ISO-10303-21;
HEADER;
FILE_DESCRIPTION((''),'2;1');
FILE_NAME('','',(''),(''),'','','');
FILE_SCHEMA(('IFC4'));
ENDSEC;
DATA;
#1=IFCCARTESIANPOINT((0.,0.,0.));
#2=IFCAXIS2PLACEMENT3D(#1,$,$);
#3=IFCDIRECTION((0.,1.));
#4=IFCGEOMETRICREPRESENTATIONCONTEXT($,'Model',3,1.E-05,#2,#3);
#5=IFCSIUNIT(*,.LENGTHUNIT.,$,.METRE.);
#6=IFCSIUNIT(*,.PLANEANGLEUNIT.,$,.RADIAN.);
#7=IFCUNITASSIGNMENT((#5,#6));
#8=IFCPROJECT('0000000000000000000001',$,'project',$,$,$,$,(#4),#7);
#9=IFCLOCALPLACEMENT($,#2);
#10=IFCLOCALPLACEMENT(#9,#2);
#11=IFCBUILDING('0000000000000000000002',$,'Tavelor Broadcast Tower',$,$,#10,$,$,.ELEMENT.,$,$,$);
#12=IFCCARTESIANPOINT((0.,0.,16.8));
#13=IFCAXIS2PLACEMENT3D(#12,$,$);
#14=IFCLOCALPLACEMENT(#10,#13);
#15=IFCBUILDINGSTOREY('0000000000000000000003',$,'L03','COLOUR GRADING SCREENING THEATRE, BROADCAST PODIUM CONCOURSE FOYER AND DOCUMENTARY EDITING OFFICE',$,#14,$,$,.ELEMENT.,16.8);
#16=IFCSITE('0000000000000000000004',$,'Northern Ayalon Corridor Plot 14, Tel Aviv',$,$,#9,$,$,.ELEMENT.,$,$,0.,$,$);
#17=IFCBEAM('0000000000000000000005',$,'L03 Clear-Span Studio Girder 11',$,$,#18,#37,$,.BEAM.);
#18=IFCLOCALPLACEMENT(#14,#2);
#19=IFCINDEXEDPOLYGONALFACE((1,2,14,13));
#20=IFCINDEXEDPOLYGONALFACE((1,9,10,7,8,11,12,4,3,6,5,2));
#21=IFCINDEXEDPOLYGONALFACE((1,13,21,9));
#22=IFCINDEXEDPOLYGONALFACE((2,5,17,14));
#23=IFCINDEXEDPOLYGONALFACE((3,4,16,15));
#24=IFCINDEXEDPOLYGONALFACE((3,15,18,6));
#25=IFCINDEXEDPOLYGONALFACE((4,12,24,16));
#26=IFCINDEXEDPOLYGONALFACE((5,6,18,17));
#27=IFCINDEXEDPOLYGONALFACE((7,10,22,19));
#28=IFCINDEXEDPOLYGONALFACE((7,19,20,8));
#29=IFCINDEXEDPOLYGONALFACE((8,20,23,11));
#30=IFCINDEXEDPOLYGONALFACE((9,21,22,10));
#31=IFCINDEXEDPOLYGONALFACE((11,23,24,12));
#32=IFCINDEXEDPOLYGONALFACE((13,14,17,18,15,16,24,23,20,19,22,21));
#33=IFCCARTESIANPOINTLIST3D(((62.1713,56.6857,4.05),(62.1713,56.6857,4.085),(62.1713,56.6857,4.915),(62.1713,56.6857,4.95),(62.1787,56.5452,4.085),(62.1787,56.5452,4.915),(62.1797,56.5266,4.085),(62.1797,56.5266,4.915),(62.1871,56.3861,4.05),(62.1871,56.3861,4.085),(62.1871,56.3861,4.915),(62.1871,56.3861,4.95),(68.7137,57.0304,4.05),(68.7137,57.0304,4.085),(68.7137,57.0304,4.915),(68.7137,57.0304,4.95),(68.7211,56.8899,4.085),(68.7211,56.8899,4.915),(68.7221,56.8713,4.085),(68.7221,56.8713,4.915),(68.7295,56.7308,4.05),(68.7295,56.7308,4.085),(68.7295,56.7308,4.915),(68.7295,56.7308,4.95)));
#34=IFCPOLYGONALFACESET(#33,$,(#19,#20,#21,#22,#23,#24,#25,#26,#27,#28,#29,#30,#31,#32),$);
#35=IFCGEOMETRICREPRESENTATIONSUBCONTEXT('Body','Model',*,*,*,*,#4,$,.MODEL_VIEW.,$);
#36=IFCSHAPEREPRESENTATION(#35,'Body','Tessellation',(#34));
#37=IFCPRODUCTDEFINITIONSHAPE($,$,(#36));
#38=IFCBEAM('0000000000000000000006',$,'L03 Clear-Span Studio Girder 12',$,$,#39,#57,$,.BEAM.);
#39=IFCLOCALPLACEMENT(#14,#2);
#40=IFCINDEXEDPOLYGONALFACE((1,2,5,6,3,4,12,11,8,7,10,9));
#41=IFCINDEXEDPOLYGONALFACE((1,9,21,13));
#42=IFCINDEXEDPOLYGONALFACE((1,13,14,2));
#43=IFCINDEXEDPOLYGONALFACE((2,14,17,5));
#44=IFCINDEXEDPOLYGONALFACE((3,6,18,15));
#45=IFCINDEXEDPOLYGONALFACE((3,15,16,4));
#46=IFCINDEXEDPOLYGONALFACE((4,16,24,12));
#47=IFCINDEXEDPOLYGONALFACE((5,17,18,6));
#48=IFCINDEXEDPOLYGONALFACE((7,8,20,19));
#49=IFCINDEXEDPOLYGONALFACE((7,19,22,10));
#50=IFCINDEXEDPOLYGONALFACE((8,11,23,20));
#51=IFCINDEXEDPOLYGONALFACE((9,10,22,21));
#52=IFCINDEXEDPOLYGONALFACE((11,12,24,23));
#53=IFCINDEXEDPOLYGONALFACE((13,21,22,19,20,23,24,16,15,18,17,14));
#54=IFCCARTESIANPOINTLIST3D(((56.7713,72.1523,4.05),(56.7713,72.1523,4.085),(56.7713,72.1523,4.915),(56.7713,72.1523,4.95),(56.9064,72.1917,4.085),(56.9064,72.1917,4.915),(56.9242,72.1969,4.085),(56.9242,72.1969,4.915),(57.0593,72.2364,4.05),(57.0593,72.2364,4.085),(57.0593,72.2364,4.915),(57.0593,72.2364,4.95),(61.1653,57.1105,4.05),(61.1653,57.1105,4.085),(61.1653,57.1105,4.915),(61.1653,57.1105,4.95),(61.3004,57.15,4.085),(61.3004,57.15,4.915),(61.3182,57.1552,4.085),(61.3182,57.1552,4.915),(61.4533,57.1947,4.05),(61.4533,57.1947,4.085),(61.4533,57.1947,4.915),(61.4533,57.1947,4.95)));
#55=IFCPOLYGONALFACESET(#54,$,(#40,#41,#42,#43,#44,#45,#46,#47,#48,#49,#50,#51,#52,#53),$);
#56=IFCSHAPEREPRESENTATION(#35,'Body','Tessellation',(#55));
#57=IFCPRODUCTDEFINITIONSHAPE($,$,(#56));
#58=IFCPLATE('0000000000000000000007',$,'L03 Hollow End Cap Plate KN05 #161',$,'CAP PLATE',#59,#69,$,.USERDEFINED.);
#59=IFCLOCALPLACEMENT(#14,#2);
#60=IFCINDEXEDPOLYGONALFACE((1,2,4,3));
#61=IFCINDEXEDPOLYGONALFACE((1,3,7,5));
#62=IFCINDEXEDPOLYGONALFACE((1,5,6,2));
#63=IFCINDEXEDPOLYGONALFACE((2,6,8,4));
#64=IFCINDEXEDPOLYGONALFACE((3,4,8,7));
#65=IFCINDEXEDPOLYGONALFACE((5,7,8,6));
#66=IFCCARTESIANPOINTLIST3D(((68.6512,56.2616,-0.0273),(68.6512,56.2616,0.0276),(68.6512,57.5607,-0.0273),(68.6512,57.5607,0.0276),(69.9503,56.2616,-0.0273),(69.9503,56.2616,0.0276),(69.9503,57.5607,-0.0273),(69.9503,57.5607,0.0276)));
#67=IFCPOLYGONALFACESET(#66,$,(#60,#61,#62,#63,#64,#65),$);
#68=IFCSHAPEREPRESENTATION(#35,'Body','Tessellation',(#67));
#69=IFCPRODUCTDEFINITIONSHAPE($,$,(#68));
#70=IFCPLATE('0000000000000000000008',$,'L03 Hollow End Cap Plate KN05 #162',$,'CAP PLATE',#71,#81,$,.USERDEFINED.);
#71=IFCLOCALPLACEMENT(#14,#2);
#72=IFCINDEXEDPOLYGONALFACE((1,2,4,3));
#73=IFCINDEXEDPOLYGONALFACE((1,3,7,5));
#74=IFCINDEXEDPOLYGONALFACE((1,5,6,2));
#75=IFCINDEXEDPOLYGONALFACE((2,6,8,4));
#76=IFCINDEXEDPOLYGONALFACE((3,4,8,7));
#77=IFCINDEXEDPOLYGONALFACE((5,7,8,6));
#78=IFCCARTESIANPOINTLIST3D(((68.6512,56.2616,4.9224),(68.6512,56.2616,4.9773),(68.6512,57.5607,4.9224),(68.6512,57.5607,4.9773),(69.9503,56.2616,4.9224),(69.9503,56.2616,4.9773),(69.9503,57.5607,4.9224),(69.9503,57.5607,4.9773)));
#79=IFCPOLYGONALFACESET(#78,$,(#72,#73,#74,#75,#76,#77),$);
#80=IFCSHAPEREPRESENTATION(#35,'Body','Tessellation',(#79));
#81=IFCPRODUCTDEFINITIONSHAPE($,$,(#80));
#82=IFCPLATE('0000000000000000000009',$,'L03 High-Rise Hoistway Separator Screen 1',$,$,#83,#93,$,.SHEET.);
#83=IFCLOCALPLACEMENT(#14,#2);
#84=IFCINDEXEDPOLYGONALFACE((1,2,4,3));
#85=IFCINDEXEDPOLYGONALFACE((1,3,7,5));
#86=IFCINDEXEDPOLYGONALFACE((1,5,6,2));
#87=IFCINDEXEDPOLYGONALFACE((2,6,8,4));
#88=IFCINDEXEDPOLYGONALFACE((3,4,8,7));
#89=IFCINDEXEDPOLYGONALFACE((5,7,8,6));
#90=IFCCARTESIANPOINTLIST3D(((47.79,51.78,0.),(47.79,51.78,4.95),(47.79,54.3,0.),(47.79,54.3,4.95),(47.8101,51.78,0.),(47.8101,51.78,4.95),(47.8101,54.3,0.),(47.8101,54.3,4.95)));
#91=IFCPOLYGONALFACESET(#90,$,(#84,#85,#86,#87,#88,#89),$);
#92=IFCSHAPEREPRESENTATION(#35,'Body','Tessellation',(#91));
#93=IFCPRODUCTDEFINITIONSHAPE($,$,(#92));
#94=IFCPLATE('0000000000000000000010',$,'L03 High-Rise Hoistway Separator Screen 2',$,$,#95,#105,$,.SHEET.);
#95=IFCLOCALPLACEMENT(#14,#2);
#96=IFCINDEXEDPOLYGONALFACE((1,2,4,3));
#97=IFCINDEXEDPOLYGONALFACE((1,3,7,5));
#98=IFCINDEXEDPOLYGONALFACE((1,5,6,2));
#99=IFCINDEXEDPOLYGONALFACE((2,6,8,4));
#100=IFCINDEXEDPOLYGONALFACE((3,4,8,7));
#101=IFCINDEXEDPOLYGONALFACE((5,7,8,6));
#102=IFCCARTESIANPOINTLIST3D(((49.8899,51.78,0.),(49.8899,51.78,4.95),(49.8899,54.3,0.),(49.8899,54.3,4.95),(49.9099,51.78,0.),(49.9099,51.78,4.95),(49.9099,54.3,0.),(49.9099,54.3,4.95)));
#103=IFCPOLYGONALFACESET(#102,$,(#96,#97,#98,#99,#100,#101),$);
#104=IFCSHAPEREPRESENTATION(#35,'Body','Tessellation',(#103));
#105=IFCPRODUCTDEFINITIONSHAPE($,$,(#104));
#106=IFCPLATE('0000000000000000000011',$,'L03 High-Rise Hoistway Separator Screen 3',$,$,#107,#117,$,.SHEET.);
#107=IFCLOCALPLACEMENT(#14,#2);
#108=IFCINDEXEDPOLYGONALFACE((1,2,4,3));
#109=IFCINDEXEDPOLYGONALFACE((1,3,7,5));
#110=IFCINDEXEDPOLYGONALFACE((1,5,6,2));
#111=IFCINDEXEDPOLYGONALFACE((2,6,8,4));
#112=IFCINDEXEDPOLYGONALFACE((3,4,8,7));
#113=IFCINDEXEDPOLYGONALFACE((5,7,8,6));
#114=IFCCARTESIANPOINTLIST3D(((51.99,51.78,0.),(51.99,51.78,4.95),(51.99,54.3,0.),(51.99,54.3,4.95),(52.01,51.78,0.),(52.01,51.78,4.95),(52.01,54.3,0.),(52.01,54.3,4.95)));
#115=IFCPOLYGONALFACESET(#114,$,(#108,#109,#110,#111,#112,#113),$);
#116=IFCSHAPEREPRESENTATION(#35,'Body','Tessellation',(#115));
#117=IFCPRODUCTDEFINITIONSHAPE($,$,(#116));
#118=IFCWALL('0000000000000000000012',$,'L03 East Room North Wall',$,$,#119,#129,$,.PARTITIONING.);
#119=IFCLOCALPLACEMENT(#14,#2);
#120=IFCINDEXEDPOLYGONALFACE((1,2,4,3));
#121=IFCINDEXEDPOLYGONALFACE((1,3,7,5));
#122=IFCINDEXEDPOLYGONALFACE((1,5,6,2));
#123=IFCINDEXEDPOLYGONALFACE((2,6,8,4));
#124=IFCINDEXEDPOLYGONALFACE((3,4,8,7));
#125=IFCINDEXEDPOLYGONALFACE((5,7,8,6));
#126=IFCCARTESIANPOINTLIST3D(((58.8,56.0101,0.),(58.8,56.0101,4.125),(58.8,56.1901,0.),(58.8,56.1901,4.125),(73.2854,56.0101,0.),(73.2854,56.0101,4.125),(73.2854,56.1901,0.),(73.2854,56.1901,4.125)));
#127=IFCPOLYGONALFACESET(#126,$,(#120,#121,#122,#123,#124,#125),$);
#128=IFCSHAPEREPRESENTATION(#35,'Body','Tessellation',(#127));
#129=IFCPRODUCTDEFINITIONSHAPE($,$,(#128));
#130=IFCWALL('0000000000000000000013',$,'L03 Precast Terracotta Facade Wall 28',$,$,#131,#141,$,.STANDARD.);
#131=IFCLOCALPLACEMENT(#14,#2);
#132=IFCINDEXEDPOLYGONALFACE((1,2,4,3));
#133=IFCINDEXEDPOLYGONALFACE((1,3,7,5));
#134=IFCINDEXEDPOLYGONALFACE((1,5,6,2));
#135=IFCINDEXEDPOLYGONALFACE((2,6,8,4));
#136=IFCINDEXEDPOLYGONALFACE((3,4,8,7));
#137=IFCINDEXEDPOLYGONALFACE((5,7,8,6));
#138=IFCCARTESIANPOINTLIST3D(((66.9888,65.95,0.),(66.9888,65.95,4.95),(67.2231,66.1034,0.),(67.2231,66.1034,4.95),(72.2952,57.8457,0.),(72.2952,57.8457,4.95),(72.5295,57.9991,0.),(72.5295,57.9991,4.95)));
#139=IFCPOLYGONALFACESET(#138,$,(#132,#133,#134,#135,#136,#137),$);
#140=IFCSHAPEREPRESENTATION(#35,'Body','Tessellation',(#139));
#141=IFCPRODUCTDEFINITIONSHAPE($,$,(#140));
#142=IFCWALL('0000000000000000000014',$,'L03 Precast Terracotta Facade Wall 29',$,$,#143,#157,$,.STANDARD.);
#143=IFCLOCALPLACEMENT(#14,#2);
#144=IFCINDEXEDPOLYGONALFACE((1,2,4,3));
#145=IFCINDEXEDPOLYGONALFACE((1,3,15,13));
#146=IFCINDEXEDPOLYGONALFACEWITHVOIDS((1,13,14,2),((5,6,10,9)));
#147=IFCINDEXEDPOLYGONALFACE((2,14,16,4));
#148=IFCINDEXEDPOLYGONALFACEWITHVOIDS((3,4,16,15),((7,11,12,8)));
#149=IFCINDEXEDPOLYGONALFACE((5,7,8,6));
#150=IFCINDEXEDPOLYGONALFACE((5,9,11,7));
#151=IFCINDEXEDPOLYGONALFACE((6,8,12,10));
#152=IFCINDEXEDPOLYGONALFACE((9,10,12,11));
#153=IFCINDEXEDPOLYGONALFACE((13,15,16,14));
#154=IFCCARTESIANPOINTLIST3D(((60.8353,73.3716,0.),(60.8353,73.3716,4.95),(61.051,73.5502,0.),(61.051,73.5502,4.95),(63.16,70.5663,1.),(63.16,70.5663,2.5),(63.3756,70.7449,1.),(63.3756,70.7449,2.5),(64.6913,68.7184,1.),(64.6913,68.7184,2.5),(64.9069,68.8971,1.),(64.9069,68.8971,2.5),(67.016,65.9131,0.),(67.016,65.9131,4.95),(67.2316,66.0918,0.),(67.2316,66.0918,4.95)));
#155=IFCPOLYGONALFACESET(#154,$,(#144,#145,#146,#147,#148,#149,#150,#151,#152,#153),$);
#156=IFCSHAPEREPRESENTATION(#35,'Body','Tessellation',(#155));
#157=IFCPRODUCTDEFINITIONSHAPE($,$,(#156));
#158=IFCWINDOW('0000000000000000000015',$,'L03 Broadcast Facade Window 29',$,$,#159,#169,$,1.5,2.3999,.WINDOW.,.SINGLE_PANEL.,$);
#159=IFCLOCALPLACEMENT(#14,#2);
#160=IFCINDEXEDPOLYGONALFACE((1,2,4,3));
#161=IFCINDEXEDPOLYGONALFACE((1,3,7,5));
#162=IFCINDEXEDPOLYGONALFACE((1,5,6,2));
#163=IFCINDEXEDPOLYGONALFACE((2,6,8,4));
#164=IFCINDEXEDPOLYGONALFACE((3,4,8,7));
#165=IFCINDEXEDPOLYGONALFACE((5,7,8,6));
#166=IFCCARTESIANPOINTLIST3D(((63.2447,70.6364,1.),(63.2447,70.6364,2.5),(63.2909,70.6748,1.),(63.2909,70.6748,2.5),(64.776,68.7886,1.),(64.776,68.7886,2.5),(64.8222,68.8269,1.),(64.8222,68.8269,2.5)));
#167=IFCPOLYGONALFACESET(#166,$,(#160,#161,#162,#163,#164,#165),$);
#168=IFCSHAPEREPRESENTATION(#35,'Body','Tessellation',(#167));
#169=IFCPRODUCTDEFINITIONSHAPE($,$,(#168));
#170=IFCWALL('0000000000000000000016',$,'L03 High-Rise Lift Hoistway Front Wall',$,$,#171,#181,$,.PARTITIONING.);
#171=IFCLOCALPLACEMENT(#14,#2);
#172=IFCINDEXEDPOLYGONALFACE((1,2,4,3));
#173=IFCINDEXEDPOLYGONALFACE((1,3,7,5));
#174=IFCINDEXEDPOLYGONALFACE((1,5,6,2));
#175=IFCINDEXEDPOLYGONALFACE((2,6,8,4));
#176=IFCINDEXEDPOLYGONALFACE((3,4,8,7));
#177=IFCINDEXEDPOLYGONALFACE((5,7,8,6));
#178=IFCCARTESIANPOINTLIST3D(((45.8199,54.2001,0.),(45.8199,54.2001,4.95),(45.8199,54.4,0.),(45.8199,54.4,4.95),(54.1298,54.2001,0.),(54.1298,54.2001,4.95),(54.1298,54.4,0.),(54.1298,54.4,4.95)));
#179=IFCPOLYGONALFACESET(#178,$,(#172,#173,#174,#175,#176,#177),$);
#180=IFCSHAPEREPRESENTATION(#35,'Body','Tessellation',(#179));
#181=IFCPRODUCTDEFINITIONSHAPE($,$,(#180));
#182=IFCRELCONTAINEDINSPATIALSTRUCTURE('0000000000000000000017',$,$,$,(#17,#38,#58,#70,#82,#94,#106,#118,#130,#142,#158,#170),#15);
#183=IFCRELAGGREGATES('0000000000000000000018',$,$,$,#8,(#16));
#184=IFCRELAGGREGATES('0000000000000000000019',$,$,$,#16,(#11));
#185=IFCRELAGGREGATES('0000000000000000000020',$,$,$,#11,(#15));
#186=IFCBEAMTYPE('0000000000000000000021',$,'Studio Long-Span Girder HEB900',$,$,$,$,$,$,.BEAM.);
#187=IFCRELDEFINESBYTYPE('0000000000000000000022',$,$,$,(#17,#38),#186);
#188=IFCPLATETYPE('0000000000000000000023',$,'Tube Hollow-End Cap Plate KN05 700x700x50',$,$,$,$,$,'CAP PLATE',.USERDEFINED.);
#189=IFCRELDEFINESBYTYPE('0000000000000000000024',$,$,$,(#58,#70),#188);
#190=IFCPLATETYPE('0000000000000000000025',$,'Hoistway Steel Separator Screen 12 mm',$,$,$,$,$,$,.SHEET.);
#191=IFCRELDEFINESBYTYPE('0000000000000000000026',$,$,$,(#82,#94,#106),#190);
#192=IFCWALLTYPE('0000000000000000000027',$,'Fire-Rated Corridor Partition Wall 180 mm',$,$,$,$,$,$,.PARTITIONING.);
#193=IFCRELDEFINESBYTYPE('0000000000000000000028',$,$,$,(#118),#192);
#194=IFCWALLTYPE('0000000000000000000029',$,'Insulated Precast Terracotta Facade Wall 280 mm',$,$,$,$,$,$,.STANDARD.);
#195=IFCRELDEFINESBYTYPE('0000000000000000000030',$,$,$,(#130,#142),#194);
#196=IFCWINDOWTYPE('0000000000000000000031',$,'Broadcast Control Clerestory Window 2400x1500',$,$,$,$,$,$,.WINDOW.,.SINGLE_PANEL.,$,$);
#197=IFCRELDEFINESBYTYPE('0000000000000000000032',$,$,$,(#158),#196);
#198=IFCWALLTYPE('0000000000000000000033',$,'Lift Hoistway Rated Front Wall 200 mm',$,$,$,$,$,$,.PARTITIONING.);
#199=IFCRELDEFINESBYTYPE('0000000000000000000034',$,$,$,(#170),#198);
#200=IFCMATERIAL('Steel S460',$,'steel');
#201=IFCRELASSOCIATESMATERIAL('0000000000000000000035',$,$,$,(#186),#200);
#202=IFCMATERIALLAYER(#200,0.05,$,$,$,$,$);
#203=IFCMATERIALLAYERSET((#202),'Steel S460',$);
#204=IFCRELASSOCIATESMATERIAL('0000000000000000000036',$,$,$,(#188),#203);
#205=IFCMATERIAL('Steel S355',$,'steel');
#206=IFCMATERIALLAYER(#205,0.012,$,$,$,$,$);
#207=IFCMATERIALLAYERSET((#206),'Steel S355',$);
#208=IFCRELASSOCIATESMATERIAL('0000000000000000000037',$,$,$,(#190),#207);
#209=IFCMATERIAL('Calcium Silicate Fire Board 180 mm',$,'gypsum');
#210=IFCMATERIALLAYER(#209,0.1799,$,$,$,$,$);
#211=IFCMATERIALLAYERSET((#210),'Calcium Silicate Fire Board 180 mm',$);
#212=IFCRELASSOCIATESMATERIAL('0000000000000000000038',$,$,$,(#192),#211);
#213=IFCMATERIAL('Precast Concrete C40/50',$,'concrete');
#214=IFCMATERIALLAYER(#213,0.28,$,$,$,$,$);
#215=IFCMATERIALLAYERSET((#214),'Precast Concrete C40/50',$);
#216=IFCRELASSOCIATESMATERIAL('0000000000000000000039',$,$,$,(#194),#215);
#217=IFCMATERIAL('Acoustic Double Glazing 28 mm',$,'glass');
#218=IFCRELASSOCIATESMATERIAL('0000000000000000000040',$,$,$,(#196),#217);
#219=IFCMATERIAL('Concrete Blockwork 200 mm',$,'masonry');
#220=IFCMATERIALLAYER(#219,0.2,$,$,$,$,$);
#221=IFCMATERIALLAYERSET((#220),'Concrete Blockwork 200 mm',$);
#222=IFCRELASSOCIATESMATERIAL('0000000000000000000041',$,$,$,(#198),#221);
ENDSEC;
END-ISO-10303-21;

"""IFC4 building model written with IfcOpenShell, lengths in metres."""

from ifc_helpers import new_model, si_unit, direction, frame, frame_2d, origin, origin_2d, place, context, subcontext, project, spatial, rectangle, i_section, extrude, source, transform, mapped, material, layer, layer_set, material_profile, profile_set, type_object, type_shapes, element, fill, save


model = new_model("IFC4")

# Units and contexts
model_context = context("Model", 3, precision=1e-05, world=origin(), true_north=direction((0.0, 1.0)))
body_context = subcontext(model_context, "Body", "Model", "MODEL_VIEW")
ifc_project = project(units=[si_unit("LENGTHUNIT", "METRE"), si_unit("PLANEANGLEUNIT", "RADIAN")], contexts=[model_context])

# Site, building, storey
site_placement = place(None, origin())
site = spatial("IfcSite", under=ifc_project, at=site_placement, Name="Northern Ayalon Corridor Plot 14, Tel Aviv", CompositionType="ELEMENT", RefElevation=0.0)
building_placement = place(site_placement, origin())
building = spatial("IfcBuilding", under=site, at=building_placement, Name="Tavelor Broadcast Tower", CompositionType="ELEMENT")
storey_placement = place(building_placement, frame((0.0, 0.0, 16.8)))
storey = spatial("IfcBuildingStorey", under=building, at=storey_placement, Name="L03", Description="COLOUR GRADING SCREENING THEATRE, BROADCAST PODIUM CONCOURSE FOYER AND DOCUMENTARY EDITING OFFICE", CompositionType="ELEMENT", Elevation=16.8)

# Shared definitions
ifc_material_1 = material(Name="Steel S460", Category="steel")

# Beams
ifc_material_2 = material(Name="Steel S355", Category="steel")
ifc_material_profile_1 = material_profile(ifc_material_1, i_section(OverallWidth=0.3, OverallDepth=0.8999, WebThickness=0.0186, FlangeThickness=0.0349, at=origin_2d()), Name="HEB 900")
ifc_profile_set_1 = profile_set([ifc_material_profile_1], Name="Steel S460")
beam_type_1 = type_object("IfcBeamType", Name="Studio Long-Span Girder HEB900", PredefinedType="BEAM", material=ifc_profile_set_1)
beam_1_placement = place(storey_placement, frame((62.1792, 56.5359, 4.5), z_axis=(0.998615, 0.052618, 0.0), x_axis=(-0.052618, 0.998615, 0.0)))
element("IfcBeam", 1, at=beam_1_placement, inside=storey, type_object=beam_type_1, Name="L03 Clear-Span Studio Girder 11", PredefinedType="BEAM", context=body_context, shape_type="SweptSolid", body=[
    extrude(i_section(OverallWidth=0.3, OverallDepth=0.8999, WebThickness=0.0186, FlangeThickness=0.0349, at=origin_2d()), origin(), (0.0, 0.0, 1.0), 6.5515),
])
beam_2_placement = place(storey_placement, frame((61.3093, 57.1526, 4.5), z_axis=(-0.280404, 0.959882, 0.0), x_axis=(-0.959882, -0.280404, 0.0)))
element("IfcBeam", 2, at=beam_2_placement, inside=storey, type_object=beam_type_1, Name="L03 Clear-Span Studio Girder 12", PredefinedType="BEAM", context=body_context, shape_type="SweptSolid", body=[
    extrude(i_section(OverallWidth=0.3, OverallDepth=0.8999, WebThickness=0.0186, FlangeThickness=0.0349, at=origin_2d()), origin(), (0.0, 0.0, 1.0), 15.6704),
])

# Plates
ifc_layer_1 = layer(ifc_material_1, 0.05)
ifc_layer_set_1 = layer_set([ifc_layer_1], Name="Steel S460")
plate_type_1 = type_object("IfcPlateType", Name="Tube Hollow-End Cap Plate KN05 700x700x50", ElementType="CAP PLATE", PredefinedType="USERDEFINED", material=ifc_layer_set_1)
shared_shape_1 = source(origin(), body_context, "Body", "SweptSolid", [
    extrude(rectangle(XDim=1.2991, YDim=1.2991, at=origin_2d()), origin(), (0.0, 0.0, 1.0), 0.0549),
])
type_shapes(plate_type_1, [shared_shape_1])
for number, where, z_axis, x_axis, name in (
    (3, (69.3008, 56.9111, -0.0273), (0.0, 0.0, 1.0), (1.0, 0.0, 0.0), "L03 Hollow End Cap Plate KN05 #161"),
    (4, (69.3008, 56.9111, 4.9224), (0.0, 0.0, 1.0), (1.0, 0.0, 0.0), "L03 Hollow End Cap Plate KN05 #162"),
):
    element("IfcPlate", number, at=place(storey_placement, frame(where, z_axis=z_axis, x_axis=x_axis)), inside=storey, type_object=plate_type_1, Name=name, ObjectType="CAP PLATE", PredefinedType="USERDEFINED", context=body_context, shape_type="MappedRepresentation", body=[
        mapped(shared_shape_1, transform((0.0, 0.0, 0.0), scale=1.0)),
    ])
ifc_layer_2 = layer(ifc_material_2, 0.012)
ifc_layer_set_2 = layer_set([ifc_layer_2], Name="Steel S355")
plate_type_2 = type_object("IfcPlateType", Name="Hoistway Steel Separator Screen 12 mm", PredefinedType="SHEET", material=ifc_layer_set_2)
shared_shape_2 = source(origin(), body_context, "Body", "SweptSolid", [
    extrude(rectangle(XDim=0.02, YDim=2.52, at=origin_2d()), origin(), (0.0, 0.0, 1.0), 4.95),
])
type_shapes(plate_type_2, [shared_shape_2])
for number, where, z_axis, x_axis, name in (
    (5, (47.8, 53.04, 0.0), (0.0, 0.0, 1.0), (1.0, 0.0, 0.0), "L03 High-Rise Hoistway Separator Screen 1"),
    (6, (49.8999, 53.04, 0.0), (0.0, 0.0, 1.0), (1.0, 0.0, 0.0), "L03 High-Rise Hoistway Separator Screen 2"),
    (7, (52.0, 53.04, 0.0), (0.0, 0.0, 1.0), (1.0, 0.0, 0.0), "L03 High-Rise Hoistway Separator Screen 3"),
):
    element("IfcPlate", number, at=place(storey_placement, frame(where, z_axis=z_axis, x_axis=x_axis)), inside=storey, type_object=plate_type_2, Name=name, PredefinedType="SHEET", context=body_context, shape_type="MappedRepresentation", body=[
        mapped(shared_shape_2, transform((0.0, 0.0, 0.0), scale=1.0)),
    ])

# Walls
ifc_material_3 = material(Name="Calcium Silicate Fire Board 180 mm", Category="gypsum")
ifc_layer_3 = layer(ifc_material_3, 0.1799)
ifc_layer_set_3 = layer_set([ifc_layer_3], Name="Calcium Silicate Fire Board 180 mm")
wall_type_1 = type_object("IfcWallType", Name="Fire-Rated Corridor Partition Wall 180 mm", PredefinedType="PARTITIONING", material=ifc_layer_set_3)
wall_1_placement = place(storey_placement, frame((58.8, 56.1001, 0.0), z_axis=(0.0, 0.0, 1.0), x_axis=(1.0, 0.0, 0.0)))
element("IfcWall", 8, at=wall_1_placement, inside=storey, type_object=wall_type_1, Name="L03 East Room North Wall", PredefinedType="PARTITIONING", context=body_context, shape_type="SweptSolid", body=[
    extrude(rectangle(XDim=14.4854, YDim=0.1799, at=frame_2d((7.2427, 0.0))), origin(), (0.0, 0.0, 1.0), 4.125),
])
ifc_material_4 = material(Name="Precast Concrete C40/50", Category="concrete")
ifc_layer_4 = layer(ifc_material_4, 0.28)
ifc_layer_set_4 = layer_set([ifc_layer_4], Name="Precast Concrete C40/50")
wall_type_2 = type_object("IfcWallType", Name="Insulated Precast Terracotta Facade Wall 280 mm", PredefinedType="STANDARD", material=ifc_layer_set_4)
wall_2_placement = place(storey_placement, frame((72.4124, 57.9224, 0.0), z_axis=(0.0, 0.0, 1.0), x_axis=(-0.547789, 0.836616, 0.0)))
element("IfcWall", 9, at=wall_2_placement, inside=storey, type_object=wall_type_2, Name="L03 Precast Terracotta Facade Wall 28", PredefinedType="STANDARD", context=body_context, shape_type="SweptSolid", body=[
    extrude(rectangle(XDim=9.687, YDim=0.28, at=frame_2d((4.8435, 0.0))), origin(), (0.0, 0.0, 1.0), 4.95),
])

# Wall, opening, window
wall_3_placement = place(storey_placement, frame((67.1238, 66.0024, 0.0), z_axis=(0.0, 0.0, 1.0), x_axis=(-0.638065, 0.769983, 0.0)))
wall_3 = element("IfcWall", 10, at=wall_3_placement, inside=storey, type_object=wall_type_2, Name="L03 Precast Terracotta Facade Wall 29", PredefinedType="STANDARD", context=body_context, shape_type="SweptSolid", body=[
    extrude(rectangle(XDim=9.6865, YDim=0.28, at=frame_2d((4.8433, 0.0))), origin(), (0.0, 0.0, 1.0), 4.95),
])
opening_placement = place(wall_3_placement, frame((3.6433, 0.0, 1.0)))
opening = element("IfcOpeningElement", 11, at=opening_placement, cuts=wall_3, PredefinedType="OPENING", context=body_context, shape_type="SweptSolid", body=[
    extrude(rectangle(XDim=2.3999, YDim=1.5, at=frame_2d((1.2, 0.75))), frame((0.0, 0.1499, 0.0), z_axis=(0.0, -1.0, 0.0), x_axis=(1.0, 0.0, 0.0)), (0.0, 0.0, 1.0), 0.3),
])
ifc_material_5 = material(Name="Acoustic Double Glazing 28 mm", Category="glass")
window_type = type_object("IfcWindowType", Name="Broadcast Control Clerestory Window 2400x1500", PartitioningType="SINGLE_PANEL", PredefinedType="WINDOW", material=ifc_material_5)
window_placement = place(opening_placement, origin())
window = element("IfcWindow", 12, at=window_placement, inside=storey, type_object=window_type, Name="L03 Broadcast Facade Window 29", OverallHeight=1.5, OverallWidth=2.3999, PartitioningType="SINGLE_PANEL", PredefinedType="WINDOW", context=body_context, shape_type="SweptSolid", body=[
    extrude(rectangle(XDim=2.3999, YDim=1.5, at=frame_2d((1.2, 0.75))), frame((0.0, 0.03, 0.0), z_axis=(0.0, -1.0, 0.0), x_axis=(1.0, 0.0, 0.0)), (0.0, 0.0, 1.0), 0.0601),
])
fill(opening, window)

# Wall
ifc_material_6 = material(Name="Concrete Blockwork 200 mm", Category="masonry")
ifc_layer_5 = layer(ifc_material_6, 0.2)
ifc_layer_set_5 = layer_set([ifc_layer_5], Name="Concrete Blockwork 200 mm")
wall_type_3 = type_object("IfcWallType", Name="Lift Hoistway Rated Front Wall 200 mm", PredefinedType="PARTITIONING", material=ifc_layer_set_5)
wall_4_placement = place(storey_placement, frame((45.8201, 54.3, 0.0), z_axis=(0.0, 0.0, 1.0), x_axis=(1.0, 0.0, 0.0)))
element("IfcWall", 13, at=wall_4_placement, inside=storey, type_object=wall_type_3, Name="L03 High-Rise Lift Hoistway Front Wall", PredefinedType="PARTITIONING", context=body_context, shape_type="SweptSolid", body=[
    extrude(rectangle(XDim=8.3098, YDim=0.2, at=frame_2d((4.1548, 0.0))), origin(), (0.0, 0.0, 1.0), 4.95),
])

save(model, "model.ifc")
